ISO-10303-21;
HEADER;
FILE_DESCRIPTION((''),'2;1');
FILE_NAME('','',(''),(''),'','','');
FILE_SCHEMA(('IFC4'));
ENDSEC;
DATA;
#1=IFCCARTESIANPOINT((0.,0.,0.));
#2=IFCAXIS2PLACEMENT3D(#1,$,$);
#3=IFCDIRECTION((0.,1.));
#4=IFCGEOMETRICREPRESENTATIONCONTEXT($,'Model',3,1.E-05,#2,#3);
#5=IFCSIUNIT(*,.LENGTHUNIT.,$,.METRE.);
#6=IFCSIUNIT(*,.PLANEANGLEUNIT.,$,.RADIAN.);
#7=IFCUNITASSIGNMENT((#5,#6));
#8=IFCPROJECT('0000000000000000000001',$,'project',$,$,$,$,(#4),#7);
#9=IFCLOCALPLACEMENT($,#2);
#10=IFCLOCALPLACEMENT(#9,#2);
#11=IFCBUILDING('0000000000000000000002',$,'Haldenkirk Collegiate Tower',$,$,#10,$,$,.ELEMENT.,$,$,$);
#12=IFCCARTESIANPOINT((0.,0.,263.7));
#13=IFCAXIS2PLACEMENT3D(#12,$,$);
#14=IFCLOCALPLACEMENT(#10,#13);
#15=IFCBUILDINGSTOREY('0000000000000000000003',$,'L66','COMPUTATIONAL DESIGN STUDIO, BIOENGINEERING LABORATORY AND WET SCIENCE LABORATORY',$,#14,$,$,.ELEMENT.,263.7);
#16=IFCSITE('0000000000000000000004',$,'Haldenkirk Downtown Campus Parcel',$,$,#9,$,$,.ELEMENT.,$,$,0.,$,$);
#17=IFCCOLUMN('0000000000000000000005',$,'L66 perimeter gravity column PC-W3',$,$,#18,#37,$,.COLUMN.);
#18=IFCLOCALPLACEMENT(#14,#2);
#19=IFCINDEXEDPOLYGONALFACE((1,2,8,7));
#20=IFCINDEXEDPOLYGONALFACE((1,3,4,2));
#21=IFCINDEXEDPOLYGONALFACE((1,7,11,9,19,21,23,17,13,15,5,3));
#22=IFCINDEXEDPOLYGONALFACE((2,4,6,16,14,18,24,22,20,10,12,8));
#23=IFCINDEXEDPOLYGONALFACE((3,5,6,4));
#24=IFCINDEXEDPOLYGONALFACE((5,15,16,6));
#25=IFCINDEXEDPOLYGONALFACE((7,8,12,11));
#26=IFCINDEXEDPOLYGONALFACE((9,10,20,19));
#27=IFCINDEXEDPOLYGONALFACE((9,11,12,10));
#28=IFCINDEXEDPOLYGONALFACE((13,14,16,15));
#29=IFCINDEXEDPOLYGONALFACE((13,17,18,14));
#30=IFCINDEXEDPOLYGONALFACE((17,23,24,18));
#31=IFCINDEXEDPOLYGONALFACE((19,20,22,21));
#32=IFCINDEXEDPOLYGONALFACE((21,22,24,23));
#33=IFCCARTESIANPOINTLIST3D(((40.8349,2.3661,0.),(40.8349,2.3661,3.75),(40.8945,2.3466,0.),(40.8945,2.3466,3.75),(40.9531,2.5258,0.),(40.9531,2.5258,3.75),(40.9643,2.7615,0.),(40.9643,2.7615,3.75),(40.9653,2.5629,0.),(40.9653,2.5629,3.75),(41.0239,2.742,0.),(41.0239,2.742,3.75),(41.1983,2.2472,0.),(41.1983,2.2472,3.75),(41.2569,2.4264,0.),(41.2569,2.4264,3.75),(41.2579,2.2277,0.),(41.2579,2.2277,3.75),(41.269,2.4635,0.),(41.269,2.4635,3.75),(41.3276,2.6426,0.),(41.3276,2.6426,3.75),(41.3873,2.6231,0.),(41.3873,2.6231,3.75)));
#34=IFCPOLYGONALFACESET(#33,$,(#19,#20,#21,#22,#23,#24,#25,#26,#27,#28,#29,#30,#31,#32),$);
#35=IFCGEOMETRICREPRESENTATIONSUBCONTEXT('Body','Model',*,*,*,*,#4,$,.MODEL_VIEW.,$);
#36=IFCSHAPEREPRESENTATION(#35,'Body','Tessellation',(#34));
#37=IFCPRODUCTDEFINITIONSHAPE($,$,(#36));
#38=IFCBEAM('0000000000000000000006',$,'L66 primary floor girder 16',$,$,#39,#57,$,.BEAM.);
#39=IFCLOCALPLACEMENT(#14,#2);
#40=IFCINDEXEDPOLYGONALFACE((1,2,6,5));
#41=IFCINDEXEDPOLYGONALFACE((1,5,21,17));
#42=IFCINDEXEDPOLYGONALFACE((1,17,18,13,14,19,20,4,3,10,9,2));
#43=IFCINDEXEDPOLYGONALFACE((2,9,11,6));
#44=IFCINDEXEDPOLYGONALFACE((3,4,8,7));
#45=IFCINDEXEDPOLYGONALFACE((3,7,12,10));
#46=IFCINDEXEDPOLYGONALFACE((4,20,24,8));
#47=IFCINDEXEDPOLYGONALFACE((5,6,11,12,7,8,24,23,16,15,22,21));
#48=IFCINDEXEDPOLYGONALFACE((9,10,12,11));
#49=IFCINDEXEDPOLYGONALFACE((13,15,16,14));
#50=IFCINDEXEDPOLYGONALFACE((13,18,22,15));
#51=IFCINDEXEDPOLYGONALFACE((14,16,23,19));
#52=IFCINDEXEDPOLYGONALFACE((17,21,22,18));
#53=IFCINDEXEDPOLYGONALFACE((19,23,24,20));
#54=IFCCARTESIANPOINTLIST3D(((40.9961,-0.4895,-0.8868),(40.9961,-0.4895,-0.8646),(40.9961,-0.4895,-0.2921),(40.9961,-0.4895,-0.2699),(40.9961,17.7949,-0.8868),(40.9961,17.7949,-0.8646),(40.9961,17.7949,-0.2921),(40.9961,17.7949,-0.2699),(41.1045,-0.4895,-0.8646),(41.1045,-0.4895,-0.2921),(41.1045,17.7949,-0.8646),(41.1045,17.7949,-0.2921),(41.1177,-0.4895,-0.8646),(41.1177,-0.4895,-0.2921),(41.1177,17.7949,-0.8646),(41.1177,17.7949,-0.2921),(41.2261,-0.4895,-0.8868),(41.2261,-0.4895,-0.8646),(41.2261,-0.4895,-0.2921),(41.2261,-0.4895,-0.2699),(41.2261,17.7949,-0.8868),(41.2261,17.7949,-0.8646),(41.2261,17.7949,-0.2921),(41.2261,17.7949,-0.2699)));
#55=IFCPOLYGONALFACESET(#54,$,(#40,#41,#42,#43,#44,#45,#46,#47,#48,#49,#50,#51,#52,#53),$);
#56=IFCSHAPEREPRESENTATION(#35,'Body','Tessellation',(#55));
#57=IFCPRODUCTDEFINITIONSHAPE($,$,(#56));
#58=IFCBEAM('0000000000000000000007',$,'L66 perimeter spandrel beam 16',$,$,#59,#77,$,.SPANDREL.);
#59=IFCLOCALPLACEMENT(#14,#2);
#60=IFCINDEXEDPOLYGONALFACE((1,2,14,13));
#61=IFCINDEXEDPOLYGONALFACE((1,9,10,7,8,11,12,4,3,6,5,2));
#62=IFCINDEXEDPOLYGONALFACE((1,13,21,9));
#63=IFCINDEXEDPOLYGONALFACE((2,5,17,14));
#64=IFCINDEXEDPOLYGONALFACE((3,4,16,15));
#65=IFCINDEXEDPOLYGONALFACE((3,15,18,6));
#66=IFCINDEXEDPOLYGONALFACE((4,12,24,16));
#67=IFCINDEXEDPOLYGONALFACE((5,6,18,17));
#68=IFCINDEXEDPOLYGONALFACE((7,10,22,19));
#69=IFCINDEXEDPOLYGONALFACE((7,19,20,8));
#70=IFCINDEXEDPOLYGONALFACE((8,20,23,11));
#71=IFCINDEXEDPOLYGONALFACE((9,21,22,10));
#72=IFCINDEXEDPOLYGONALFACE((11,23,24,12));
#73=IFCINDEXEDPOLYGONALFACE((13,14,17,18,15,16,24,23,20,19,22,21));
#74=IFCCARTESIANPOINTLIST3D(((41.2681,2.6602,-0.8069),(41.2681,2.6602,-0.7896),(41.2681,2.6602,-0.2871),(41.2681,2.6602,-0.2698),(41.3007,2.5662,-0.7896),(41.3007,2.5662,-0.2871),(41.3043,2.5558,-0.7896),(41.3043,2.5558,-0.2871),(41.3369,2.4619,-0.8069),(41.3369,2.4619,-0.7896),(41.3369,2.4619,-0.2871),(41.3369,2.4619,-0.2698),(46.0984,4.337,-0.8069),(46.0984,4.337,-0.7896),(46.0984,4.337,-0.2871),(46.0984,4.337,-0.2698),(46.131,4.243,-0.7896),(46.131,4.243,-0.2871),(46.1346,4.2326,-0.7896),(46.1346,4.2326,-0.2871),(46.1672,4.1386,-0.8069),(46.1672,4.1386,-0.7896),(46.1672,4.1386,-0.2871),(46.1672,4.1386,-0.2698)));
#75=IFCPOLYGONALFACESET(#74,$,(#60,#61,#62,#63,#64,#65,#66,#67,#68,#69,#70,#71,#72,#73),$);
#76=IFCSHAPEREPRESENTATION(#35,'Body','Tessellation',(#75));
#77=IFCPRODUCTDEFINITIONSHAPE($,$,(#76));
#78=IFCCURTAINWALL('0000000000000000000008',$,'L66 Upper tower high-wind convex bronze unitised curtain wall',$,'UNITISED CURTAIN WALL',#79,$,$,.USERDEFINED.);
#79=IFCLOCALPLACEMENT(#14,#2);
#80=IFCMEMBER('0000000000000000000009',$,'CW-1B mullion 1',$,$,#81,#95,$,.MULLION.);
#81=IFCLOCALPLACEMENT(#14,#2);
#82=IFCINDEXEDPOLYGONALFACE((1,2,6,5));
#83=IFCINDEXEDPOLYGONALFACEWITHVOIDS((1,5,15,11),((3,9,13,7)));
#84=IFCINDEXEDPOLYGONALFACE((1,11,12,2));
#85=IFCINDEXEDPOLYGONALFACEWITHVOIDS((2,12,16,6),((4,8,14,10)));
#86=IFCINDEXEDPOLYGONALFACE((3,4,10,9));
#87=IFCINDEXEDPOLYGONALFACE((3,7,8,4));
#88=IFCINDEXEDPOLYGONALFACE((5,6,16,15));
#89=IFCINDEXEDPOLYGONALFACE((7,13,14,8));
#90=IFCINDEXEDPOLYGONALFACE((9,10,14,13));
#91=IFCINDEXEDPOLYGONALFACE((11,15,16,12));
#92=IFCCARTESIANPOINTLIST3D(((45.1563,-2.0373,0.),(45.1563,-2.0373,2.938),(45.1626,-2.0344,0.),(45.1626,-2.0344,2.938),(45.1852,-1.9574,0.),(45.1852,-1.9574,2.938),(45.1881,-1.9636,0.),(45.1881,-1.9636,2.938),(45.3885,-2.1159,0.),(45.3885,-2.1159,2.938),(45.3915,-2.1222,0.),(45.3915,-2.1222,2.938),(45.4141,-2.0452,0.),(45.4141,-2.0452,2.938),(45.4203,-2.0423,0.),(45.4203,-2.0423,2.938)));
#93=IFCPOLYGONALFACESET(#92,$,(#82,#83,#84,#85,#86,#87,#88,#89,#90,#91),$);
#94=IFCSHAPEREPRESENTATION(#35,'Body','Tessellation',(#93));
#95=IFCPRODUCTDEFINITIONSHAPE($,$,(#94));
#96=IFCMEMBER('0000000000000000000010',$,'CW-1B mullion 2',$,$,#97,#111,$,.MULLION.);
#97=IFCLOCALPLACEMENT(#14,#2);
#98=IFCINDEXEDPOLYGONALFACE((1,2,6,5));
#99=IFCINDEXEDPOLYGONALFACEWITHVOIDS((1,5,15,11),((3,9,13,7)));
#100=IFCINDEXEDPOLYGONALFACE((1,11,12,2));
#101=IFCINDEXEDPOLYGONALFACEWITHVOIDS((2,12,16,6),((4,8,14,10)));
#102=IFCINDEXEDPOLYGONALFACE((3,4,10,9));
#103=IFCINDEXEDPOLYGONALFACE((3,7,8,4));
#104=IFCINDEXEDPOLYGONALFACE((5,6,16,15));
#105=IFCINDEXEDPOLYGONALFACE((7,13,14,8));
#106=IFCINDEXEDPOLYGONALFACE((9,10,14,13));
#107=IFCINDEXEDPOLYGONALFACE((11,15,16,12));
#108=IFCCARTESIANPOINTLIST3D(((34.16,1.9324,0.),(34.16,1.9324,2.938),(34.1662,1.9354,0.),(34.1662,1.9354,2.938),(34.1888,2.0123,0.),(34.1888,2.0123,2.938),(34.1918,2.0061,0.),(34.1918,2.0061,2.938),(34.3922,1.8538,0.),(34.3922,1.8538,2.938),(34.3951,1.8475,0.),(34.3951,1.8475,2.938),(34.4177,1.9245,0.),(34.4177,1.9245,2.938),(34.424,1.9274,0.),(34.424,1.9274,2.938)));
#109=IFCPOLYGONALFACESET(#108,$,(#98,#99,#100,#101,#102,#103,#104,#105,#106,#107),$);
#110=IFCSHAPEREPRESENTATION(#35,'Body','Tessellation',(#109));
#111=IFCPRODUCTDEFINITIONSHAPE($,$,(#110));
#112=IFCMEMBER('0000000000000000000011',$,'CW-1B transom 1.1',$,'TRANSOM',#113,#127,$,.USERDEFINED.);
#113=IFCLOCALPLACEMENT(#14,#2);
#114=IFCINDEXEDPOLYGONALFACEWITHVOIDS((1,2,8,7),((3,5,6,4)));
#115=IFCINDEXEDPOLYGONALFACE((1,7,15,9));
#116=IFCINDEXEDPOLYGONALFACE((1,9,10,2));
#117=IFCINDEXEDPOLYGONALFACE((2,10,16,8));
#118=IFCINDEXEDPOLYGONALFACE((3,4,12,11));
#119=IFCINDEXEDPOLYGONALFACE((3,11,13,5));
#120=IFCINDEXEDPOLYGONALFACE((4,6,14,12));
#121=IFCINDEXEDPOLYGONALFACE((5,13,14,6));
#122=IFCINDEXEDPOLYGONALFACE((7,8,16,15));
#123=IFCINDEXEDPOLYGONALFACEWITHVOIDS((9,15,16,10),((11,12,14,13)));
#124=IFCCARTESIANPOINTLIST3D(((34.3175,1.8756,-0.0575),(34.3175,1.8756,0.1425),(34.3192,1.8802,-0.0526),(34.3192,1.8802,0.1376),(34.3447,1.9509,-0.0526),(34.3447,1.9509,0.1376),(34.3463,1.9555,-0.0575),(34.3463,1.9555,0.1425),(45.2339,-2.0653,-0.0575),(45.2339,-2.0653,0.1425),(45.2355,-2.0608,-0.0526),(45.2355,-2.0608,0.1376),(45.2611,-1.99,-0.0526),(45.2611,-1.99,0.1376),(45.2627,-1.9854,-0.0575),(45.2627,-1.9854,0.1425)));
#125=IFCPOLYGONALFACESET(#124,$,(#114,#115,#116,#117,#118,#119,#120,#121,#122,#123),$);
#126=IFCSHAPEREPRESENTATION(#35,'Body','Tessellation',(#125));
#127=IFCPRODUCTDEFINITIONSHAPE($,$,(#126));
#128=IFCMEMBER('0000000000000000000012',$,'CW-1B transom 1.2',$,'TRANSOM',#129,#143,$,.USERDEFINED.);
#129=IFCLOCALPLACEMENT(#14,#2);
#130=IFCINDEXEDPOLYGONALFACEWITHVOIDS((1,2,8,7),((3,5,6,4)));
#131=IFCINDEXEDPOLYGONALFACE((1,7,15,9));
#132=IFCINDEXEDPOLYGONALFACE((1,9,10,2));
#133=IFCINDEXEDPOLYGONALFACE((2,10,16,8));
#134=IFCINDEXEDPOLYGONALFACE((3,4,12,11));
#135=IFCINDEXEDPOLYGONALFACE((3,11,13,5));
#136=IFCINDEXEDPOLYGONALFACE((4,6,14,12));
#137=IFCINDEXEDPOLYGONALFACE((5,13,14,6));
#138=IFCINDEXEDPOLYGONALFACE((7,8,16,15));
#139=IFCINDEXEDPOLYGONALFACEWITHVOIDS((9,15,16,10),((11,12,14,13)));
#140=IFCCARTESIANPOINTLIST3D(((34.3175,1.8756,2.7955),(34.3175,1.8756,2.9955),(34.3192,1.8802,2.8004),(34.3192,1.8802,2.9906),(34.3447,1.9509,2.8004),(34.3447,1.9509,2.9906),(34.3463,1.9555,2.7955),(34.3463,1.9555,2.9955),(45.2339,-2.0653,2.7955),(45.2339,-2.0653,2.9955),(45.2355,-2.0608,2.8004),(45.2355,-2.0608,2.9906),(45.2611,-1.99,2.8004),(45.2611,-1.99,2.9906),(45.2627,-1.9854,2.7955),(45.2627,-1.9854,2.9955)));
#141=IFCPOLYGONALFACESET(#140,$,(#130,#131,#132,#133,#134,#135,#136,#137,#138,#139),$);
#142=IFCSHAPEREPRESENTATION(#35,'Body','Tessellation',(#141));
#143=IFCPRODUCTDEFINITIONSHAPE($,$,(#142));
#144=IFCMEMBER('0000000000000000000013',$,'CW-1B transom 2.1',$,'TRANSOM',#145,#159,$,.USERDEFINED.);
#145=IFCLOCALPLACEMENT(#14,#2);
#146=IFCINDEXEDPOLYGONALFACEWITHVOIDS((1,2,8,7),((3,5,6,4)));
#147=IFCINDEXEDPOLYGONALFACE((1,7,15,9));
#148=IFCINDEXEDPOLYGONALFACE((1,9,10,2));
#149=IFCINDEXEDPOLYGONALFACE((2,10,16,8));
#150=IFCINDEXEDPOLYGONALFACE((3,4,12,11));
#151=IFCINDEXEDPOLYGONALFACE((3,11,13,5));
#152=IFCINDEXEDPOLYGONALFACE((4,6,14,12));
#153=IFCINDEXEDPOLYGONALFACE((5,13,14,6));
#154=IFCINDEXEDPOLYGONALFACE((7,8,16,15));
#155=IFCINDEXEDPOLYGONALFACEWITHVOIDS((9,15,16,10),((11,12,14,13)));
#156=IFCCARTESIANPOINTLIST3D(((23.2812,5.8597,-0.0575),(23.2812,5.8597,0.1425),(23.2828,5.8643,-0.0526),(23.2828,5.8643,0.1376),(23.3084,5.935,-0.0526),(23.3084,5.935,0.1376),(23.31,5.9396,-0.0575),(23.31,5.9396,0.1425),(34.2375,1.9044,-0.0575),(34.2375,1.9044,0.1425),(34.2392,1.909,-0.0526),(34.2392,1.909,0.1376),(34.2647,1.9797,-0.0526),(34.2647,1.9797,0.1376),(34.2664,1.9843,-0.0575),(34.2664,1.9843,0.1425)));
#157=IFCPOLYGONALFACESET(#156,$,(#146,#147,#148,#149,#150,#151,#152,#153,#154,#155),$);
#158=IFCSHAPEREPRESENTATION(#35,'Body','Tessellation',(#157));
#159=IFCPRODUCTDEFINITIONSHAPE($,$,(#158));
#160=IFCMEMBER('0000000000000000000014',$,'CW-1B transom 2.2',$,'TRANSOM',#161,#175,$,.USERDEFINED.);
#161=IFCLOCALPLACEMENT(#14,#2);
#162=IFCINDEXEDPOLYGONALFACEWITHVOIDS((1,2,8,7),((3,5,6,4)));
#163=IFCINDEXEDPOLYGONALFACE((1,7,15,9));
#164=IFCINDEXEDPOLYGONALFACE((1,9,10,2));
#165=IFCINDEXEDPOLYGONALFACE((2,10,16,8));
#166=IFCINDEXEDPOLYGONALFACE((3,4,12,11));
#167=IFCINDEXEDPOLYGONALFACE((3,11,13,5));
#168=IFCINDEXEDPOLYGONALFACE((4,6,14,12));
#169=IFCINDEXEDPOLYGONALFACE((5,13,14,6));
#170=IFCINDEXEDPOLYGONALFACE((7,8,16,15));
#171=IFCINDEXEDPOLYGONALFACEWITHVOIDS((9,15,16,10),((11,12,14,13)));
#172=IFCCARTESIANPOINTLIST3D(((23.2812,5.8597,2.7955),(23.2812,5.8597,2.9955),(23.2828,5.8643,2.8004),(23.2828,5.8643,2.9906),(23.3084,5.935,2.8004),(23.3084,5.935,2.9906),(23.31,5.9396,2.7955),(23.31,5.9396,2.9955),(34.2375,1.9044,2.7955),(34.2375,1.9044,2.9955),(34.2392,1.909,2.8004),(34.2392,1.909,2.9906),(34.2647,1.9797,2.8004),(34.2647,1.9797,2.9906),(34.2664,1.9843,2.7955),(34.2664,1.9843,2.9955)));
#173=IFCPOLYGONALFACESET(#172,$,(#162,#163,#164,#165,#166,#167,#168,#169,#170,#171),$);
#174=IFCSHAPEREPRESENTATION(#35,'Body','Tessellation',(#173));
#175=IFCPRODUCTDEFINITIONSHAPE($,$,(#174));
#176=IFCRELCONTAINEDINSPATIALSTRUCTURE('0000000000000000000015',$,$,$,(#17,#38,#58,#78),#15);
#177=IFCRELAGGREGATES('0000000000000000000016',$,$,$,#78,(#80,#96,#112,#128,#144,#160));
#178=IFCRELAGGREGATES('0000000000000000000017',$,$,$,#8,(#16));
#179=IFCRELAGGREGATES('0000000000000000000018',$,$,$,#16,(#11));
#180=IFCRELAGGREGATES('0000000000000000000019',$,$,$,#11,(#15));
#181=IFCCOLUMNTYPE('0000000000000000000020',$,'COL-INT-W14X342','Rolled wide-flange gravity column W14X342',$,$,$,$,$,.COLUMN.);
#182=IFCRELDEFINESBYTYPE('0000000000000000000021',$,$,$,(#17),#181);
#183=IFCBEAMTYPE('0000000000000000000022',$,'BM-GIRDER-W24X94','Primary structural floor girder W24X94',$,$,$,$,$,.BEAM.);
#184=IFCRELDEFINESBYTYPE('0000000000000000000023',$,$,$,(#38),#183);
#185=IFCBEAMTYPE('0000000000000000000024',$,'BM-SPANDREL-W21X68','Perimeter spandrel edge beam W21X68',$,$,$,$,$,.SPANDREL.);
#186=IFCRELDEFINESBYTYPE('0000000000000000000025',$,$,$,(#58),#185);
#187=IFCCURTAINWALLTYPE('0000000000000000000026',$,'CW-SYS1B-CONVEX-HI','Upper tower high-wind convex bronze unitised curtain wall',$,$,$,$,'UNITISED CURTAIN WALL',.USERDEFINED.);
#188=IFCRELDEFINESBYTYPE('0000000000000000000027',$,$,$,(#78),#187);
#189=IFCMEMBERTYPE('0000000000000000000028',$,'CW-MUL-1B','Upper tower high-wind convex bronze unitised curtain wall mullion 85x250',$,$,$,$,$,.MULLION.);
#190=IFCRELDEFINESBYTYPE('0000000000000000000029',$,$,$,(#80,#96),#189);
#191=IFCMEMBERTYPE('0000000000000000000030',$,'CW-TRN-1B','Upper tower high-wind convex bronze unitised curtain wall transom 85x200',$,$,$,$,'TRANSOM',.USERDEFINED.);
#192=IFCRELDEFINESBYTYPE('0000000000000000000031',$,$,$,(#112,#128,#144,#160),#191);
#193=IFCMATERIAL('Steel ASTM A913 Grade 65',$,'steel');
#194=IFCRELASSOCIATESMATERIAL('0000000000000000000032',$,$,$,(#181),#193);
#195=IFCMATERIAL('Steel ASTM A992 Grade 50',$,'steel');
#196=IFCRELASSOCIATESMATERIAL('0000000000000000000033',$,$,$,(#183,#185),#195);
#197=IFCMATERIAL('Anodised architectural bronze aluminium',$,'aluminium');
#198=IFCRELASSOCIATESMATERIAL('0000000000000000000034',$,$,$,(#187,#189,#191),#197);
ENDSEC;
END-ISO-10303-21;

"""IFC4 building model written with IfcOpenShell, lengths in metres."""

from ifc_helpers import new_model, si_unit, direction, frame, origin, origin_2d, place, context, subcontext, project, spatial, hollow_rectangle, i_section, extrude, material, material_profile, profile_set, type_object, element, aggregate, save


model = new_model("IFC4")

# Units and contexts
model_context = context("Model", 3, precision=1e-05, world=origin(), true_north=direction((0.0, 1.0)))
body_context = subcontext(model_context, "Body", "Model", "MODEL_VIEW")
ifc_project = project(units=[si_unit("LENGTHUNIT", "METRE"), si_unit("PLANEANGLEUNIT", "RADIAN")], contexts=[model_context])

# Site, building, storey
site_placement = place(None, origin())
site = spatial("IfcSite", under=ifc_project, at=site_placement, Name="Haldenkirk Downtown Campus Parcel", CompositionType="ELEMENT", RefElevation=0.0)
building_placement = place(site_placement, origin())
building = spatial("IfcBuilding", under=site, at=building_placement, Name="Haldenkirk Collegiate Tower", CompositionType="ELEMENT")
storey_placement = place(building_placement, frame((0.0, 0.0, 263.7)))
storey = spatial("IfcBuildingStorey", under=building, at=storey_placement, Name="L66", Description="COMPUTATIONAL DESIGN STUDIO, BIOENGINEERING LABORATORY AND WET SCIENCE LABORATORY", CompositionType="ELEMENT", Elevation=263.7)

# Column
ifc_material_1 = material(Name="Steel ASTM A913 Grade 65", Category="steel")
ifc_material_profile_1 = material_profile(ifc_material_1, i_section(OverallWidth=0.416, OverallDepth=0.4451, WebThickness=0.0391, FlangeThickness=0.0627, at=origin_2d()), Name="W14X342")
ifc_profile_set_1 = profile_set([ifc_material_profile_1], Name="Steel ASTM A913 Grade 65")
column_type = type_object("IfcColumnType", Name="COL-INT-W14X342", Description="Rolled wide-flange gravity column W14X342", PredefinedType="COLUMN", material=ifc_profile_set_1)
column_placement = place(storey_placement, frame((41.1111, 2.4946, 0.0), z_axis=(0.0, 0.0, 1.0), x_axis=(0.311008, 0.950407, 0.0)))
element("IfcColumn", 1, at=column_placement, inside=storey, type_object=column_type, Name="L66 perimeter gravity column PC-W3", PredefinedType="COLUMN", context=body_context, shape_type="SweptSolid", body=[
    extrude(i_section(OverallWidth=0.416, OverallDepth=0.4451, WebThickness=0.0391, FlangeThickness=0.0627, at=origin_2d()), origin(), (0.0, 0.0, 1.0), 3.75),
])

# Beams
ifc_material_2 = material(Name="Steel ASTM A992 Grade 50", Category="steel")
ifc_material_profile_2 = material_profile(ifc_material_2, i_section(OverallWidth=0.23, OverallDepth=0.6169, WebThickness=0.0132, FlangeThickness=0.0222, at=origin_2d()), Name="W24X94")
ifc_profile_set_2 = profile_set([ifc_material_profile_2], Name="Steel ASTM A992 Grade 50")
beam_type_1 = type_object("IfcBeamType", Name="BM-GIRDER-W24X94", Description="Primary structural floor girder W24X94", PredefinedType="BEAM", material=ifc_profile_set_2)
beam_1_placement = place(storey_placement, frame((41.1111, -0.4895, -0.5784), z_axis=(0.0, 1.0, 0.0), x_axis=(-1.0, 0.0, 0.0)))
element("IfcBeam", 2, at=beam_1_placement, inside=storey, type_object=beam_type_1, Name="L66 primary floor girder 16", PredefinedType="BEAM", context=body_context, shape_type="SweptSolid", body=[
    extrude(i_section(OverallWidth=0.23, OverallDepth=0.6169, WebThickness=0.0132, FlangeThickness=0.0222, at=origin_2d()), origin(), (0.0, 0.0, 1.0), 18.2844),
])
ifc_material_profile_3 = material_profile(ifc_material_2, i_section(OverallWidth=0.21, OverallDepth=0.5371, WebThickness=0.011, FlangeThickness=0.0173, at=origin_2d()), Name="W21X68")
ifc_profile_set_3 = profile_set([ifc_material_profile_3], Name="Steel ASTM A992 Grade 50")
beam_type_2 = type_object("IfcBeamType", Name="BM-SPANDREL-W21X68", Description="Perimeter spandrel edge beam W21X68", PredefinedType="SPANDREL", material=ifc_profile_set_3)
beam_2_placement = place(storey_placement, frame((41.3025, 2.561, -0.5383), z_axis=(0.9447, 0.327935, 0.0), x_axis=(-0.327935, 0.9447, 0.0)))
element("IfcBeam", 3, at=beam_2_placement, inside=storey, type_object=beam_type_2, Name="L66 perimeter spandrel beam 16", PredefinedType="SPANDREL", context=body_context, shape_type="SweptSolid", body=[
    extrude(i_section(OverallWidth=0.21, OverallDepth=0.5371, WebThickness=0.011, FlangeThickness=0.0173, at=origin_2d()), origin(), (0.0, 0.0, 1.0), 5.113),
])

# Curtain wall, members
ifc_material_3 = material(Name="Anodised architectural bronze aluminium", Category="aluminium")
curtain_wall_type = type_object("IfcCurtainWallType", Name="CW-SYS1B-CONVEX-HI", Description="Upper tower high-wind convex bronze unitised curtain wall", ElementType="UNITISED CURTAIN WALL", PredefinedType="USERDEFINED", material=ifc_material_3)
curtain_wall_placement = place(storey_placement, origin())
curtain_wall = element("IfcCurtainWall", 4, at=curtain_wall_placement, inside=storey, type_object=curtain_wall_type, Name="L66 Upper tower high-wind convex bronze unitised curtain wall", ObjectType="UNITISED CURTAIN WALL", PredefinedType="USERDEFINED")
ifc_material_profile_4 = material_profile(ifc_material_3, hollow_rectangle(XDim=0.085, YDim=0.25, WallThickness=0.0049, at=origin_2d()), Name="CW-MUL-1B")
ifc_profile_set_4 = profile_set([ifc_material_profile_4], Name="Anodised architectural bronze aluminium")
member_type_1 = type_object("IfcMemberType", Name="CW-MUL-1B", Description="Upper tower high-wind convex bronze unitised curtain wall mullion 85x250", PredefinedType="MULLION", material=ifc_profile_set_4)
member_1_placement = place(storey_placement, frame((45.2883, -2.0398, 0.0), z_axis=(0.0, 0.0, 1.0), x_axis=(-0.339559, -0.940585, 0.0)))
member_1 = element("IfcMember", 5, at=member_1_placement, type_object=member_type_1, Name="CW-1B mullion 1", PredefinedType="MULLION", context=body_context, shape_type="SweptSolid", body=[
    extrude(hollow_rectangle(XDim=0.085, YDim=0.25, WallThickness=0.0049, at=origin_2d()), origin(), (0.0, 0.0, 1.0), 2.938),
])
member_2_placement = place(storey_placement, frame((34.292, 1.9299, 0.0), z_axis=(0.0, 0.0, 1.0), x_axis=(-0.339559, -0.940585, 0.0)))
member_2 = element("IfcMember", 6, at=member_2_placement, type_object=member_type_1, Name="CW-1B mullion 2", PredefinedType="MULLION", context=body_context, shape_type="SweptSolid", body=[
    extrude(hollow_rectangle(XDim=0.085, YDim=0.25, WallThickness=0.0049, at=origin_2d()), origin(), (0.0, 0.0, 1.0), 2.938),
])
ifc_material_profile_5 = material_profile(ifc_material_3, hollow_rectangle(XDim=0.085, YDim=0.2, WallThickness=0.0049, at=origin_2d()), Name="CW-TRN-1B")
ifc_profile_set_5 = profile_set([ifc_material_profile_5], Name="Anodised architectural bronze aluminium")
member_type_2 = type_object("IfcMemberType", Name="CW-TRN-1B", Description="Upper tower high-wind convex bronze unitised curtain wall transom 85x200", ElementType="TRANSOM", PredefinedType="USERDEFINED", material=ifc_profile_set_5)
member_3_placement = place(storey_placement, frame((45.2483, -2.0254, 0.0425), z_axis=(-0.940583, 0.339563, 0.0), x_axis=(-0.339563, -0.940583, 0.0)))
member_3 = element("IfcMember", 7, at=member_3_placement, type_object=member_type_2, Name="CW-1B transom 1.1", ObjectType="TRANSOM", PredefinedType="USERDEFINED", context=body_context, shape_type="SweptSolid", body=[
    extrude(hollow_rectangle(XDim=0.085, YDim=0.2, WallThickness=0.0049, at=origin_2d()), origin(), (0.0, 0.0, 1.0), 11.606),
])
member_4_placement = place(storey_placement, frame((45.2483, -2.0254, 2.8955), z_axis=(-0.940583, 0.339563, 0.0), x_axis=(-0.339563, -0.940583, 0.0)))
member_4 = element("IfcMember", 8, at=member_4_placement, type_object=member_type_2, Name="CW-1B transom 1.2", ObjectType="TRANSOM", PredefinedType="USERDEFINED", context=body_context, shape_type="SweptSolid", body=[
    extrude(hollow_rectangle(XDim=0.085, YDim=0.2, WallThickness=0.0049, at=origin_2d()), origin(), (0.0, 0.0, 1.0), 11.606),
])
member_5_placement = place(storey_placement, frame((34.252, 1.9443, 0.0425), z_axis=(-0.940585, 0.339559, 0.0), x_axis=(-0.339559, -0.940585, 0.0)))
member_5 = element("IfcMember", 9, at=member_5_placement, type_object=member_type_2, Name="CW-1B transom 2.1", ObjectType="TRANSOM", PredefinedType="USERDEFINED", context=body_context, shape_type="SweptSolid", body=[
    extrude(hollow_rectangle(XDim=0.085, YDim=0.2, WallThickness=0.0049, at=origin_2d()), origin(), (0.0, 0.0, 1.0), 11.6484),
])
member_6_placement = place(storey_placement, frame((34.252, 1.9443, 2.8955), z_axis=(-0.940585, 0.339559, 0.0), x_axis=(-0.339559, -0.940585, 0.0)))
member_6 = element("IfcMember", 10, at=member_6_placement, type_object=member_type_2, Name="CW-1B transom 2.2", ObjectType="TRANSOM", PredefinedType="USERDEFINED", context=body_context, shape_type="SweptSolid", body=[
    extrude(hollow_rectangle(XDim=0.085, YDim=0.2, WallThickness=0.0049, at=origin_2d()), origin(), (0.0, 0.0, 1.0), 11.6484),
])

aggregate(curtain_wall, [member_1, member_2, member_3, member_4, member_5, member_6])

save(model, "model.ifc")
